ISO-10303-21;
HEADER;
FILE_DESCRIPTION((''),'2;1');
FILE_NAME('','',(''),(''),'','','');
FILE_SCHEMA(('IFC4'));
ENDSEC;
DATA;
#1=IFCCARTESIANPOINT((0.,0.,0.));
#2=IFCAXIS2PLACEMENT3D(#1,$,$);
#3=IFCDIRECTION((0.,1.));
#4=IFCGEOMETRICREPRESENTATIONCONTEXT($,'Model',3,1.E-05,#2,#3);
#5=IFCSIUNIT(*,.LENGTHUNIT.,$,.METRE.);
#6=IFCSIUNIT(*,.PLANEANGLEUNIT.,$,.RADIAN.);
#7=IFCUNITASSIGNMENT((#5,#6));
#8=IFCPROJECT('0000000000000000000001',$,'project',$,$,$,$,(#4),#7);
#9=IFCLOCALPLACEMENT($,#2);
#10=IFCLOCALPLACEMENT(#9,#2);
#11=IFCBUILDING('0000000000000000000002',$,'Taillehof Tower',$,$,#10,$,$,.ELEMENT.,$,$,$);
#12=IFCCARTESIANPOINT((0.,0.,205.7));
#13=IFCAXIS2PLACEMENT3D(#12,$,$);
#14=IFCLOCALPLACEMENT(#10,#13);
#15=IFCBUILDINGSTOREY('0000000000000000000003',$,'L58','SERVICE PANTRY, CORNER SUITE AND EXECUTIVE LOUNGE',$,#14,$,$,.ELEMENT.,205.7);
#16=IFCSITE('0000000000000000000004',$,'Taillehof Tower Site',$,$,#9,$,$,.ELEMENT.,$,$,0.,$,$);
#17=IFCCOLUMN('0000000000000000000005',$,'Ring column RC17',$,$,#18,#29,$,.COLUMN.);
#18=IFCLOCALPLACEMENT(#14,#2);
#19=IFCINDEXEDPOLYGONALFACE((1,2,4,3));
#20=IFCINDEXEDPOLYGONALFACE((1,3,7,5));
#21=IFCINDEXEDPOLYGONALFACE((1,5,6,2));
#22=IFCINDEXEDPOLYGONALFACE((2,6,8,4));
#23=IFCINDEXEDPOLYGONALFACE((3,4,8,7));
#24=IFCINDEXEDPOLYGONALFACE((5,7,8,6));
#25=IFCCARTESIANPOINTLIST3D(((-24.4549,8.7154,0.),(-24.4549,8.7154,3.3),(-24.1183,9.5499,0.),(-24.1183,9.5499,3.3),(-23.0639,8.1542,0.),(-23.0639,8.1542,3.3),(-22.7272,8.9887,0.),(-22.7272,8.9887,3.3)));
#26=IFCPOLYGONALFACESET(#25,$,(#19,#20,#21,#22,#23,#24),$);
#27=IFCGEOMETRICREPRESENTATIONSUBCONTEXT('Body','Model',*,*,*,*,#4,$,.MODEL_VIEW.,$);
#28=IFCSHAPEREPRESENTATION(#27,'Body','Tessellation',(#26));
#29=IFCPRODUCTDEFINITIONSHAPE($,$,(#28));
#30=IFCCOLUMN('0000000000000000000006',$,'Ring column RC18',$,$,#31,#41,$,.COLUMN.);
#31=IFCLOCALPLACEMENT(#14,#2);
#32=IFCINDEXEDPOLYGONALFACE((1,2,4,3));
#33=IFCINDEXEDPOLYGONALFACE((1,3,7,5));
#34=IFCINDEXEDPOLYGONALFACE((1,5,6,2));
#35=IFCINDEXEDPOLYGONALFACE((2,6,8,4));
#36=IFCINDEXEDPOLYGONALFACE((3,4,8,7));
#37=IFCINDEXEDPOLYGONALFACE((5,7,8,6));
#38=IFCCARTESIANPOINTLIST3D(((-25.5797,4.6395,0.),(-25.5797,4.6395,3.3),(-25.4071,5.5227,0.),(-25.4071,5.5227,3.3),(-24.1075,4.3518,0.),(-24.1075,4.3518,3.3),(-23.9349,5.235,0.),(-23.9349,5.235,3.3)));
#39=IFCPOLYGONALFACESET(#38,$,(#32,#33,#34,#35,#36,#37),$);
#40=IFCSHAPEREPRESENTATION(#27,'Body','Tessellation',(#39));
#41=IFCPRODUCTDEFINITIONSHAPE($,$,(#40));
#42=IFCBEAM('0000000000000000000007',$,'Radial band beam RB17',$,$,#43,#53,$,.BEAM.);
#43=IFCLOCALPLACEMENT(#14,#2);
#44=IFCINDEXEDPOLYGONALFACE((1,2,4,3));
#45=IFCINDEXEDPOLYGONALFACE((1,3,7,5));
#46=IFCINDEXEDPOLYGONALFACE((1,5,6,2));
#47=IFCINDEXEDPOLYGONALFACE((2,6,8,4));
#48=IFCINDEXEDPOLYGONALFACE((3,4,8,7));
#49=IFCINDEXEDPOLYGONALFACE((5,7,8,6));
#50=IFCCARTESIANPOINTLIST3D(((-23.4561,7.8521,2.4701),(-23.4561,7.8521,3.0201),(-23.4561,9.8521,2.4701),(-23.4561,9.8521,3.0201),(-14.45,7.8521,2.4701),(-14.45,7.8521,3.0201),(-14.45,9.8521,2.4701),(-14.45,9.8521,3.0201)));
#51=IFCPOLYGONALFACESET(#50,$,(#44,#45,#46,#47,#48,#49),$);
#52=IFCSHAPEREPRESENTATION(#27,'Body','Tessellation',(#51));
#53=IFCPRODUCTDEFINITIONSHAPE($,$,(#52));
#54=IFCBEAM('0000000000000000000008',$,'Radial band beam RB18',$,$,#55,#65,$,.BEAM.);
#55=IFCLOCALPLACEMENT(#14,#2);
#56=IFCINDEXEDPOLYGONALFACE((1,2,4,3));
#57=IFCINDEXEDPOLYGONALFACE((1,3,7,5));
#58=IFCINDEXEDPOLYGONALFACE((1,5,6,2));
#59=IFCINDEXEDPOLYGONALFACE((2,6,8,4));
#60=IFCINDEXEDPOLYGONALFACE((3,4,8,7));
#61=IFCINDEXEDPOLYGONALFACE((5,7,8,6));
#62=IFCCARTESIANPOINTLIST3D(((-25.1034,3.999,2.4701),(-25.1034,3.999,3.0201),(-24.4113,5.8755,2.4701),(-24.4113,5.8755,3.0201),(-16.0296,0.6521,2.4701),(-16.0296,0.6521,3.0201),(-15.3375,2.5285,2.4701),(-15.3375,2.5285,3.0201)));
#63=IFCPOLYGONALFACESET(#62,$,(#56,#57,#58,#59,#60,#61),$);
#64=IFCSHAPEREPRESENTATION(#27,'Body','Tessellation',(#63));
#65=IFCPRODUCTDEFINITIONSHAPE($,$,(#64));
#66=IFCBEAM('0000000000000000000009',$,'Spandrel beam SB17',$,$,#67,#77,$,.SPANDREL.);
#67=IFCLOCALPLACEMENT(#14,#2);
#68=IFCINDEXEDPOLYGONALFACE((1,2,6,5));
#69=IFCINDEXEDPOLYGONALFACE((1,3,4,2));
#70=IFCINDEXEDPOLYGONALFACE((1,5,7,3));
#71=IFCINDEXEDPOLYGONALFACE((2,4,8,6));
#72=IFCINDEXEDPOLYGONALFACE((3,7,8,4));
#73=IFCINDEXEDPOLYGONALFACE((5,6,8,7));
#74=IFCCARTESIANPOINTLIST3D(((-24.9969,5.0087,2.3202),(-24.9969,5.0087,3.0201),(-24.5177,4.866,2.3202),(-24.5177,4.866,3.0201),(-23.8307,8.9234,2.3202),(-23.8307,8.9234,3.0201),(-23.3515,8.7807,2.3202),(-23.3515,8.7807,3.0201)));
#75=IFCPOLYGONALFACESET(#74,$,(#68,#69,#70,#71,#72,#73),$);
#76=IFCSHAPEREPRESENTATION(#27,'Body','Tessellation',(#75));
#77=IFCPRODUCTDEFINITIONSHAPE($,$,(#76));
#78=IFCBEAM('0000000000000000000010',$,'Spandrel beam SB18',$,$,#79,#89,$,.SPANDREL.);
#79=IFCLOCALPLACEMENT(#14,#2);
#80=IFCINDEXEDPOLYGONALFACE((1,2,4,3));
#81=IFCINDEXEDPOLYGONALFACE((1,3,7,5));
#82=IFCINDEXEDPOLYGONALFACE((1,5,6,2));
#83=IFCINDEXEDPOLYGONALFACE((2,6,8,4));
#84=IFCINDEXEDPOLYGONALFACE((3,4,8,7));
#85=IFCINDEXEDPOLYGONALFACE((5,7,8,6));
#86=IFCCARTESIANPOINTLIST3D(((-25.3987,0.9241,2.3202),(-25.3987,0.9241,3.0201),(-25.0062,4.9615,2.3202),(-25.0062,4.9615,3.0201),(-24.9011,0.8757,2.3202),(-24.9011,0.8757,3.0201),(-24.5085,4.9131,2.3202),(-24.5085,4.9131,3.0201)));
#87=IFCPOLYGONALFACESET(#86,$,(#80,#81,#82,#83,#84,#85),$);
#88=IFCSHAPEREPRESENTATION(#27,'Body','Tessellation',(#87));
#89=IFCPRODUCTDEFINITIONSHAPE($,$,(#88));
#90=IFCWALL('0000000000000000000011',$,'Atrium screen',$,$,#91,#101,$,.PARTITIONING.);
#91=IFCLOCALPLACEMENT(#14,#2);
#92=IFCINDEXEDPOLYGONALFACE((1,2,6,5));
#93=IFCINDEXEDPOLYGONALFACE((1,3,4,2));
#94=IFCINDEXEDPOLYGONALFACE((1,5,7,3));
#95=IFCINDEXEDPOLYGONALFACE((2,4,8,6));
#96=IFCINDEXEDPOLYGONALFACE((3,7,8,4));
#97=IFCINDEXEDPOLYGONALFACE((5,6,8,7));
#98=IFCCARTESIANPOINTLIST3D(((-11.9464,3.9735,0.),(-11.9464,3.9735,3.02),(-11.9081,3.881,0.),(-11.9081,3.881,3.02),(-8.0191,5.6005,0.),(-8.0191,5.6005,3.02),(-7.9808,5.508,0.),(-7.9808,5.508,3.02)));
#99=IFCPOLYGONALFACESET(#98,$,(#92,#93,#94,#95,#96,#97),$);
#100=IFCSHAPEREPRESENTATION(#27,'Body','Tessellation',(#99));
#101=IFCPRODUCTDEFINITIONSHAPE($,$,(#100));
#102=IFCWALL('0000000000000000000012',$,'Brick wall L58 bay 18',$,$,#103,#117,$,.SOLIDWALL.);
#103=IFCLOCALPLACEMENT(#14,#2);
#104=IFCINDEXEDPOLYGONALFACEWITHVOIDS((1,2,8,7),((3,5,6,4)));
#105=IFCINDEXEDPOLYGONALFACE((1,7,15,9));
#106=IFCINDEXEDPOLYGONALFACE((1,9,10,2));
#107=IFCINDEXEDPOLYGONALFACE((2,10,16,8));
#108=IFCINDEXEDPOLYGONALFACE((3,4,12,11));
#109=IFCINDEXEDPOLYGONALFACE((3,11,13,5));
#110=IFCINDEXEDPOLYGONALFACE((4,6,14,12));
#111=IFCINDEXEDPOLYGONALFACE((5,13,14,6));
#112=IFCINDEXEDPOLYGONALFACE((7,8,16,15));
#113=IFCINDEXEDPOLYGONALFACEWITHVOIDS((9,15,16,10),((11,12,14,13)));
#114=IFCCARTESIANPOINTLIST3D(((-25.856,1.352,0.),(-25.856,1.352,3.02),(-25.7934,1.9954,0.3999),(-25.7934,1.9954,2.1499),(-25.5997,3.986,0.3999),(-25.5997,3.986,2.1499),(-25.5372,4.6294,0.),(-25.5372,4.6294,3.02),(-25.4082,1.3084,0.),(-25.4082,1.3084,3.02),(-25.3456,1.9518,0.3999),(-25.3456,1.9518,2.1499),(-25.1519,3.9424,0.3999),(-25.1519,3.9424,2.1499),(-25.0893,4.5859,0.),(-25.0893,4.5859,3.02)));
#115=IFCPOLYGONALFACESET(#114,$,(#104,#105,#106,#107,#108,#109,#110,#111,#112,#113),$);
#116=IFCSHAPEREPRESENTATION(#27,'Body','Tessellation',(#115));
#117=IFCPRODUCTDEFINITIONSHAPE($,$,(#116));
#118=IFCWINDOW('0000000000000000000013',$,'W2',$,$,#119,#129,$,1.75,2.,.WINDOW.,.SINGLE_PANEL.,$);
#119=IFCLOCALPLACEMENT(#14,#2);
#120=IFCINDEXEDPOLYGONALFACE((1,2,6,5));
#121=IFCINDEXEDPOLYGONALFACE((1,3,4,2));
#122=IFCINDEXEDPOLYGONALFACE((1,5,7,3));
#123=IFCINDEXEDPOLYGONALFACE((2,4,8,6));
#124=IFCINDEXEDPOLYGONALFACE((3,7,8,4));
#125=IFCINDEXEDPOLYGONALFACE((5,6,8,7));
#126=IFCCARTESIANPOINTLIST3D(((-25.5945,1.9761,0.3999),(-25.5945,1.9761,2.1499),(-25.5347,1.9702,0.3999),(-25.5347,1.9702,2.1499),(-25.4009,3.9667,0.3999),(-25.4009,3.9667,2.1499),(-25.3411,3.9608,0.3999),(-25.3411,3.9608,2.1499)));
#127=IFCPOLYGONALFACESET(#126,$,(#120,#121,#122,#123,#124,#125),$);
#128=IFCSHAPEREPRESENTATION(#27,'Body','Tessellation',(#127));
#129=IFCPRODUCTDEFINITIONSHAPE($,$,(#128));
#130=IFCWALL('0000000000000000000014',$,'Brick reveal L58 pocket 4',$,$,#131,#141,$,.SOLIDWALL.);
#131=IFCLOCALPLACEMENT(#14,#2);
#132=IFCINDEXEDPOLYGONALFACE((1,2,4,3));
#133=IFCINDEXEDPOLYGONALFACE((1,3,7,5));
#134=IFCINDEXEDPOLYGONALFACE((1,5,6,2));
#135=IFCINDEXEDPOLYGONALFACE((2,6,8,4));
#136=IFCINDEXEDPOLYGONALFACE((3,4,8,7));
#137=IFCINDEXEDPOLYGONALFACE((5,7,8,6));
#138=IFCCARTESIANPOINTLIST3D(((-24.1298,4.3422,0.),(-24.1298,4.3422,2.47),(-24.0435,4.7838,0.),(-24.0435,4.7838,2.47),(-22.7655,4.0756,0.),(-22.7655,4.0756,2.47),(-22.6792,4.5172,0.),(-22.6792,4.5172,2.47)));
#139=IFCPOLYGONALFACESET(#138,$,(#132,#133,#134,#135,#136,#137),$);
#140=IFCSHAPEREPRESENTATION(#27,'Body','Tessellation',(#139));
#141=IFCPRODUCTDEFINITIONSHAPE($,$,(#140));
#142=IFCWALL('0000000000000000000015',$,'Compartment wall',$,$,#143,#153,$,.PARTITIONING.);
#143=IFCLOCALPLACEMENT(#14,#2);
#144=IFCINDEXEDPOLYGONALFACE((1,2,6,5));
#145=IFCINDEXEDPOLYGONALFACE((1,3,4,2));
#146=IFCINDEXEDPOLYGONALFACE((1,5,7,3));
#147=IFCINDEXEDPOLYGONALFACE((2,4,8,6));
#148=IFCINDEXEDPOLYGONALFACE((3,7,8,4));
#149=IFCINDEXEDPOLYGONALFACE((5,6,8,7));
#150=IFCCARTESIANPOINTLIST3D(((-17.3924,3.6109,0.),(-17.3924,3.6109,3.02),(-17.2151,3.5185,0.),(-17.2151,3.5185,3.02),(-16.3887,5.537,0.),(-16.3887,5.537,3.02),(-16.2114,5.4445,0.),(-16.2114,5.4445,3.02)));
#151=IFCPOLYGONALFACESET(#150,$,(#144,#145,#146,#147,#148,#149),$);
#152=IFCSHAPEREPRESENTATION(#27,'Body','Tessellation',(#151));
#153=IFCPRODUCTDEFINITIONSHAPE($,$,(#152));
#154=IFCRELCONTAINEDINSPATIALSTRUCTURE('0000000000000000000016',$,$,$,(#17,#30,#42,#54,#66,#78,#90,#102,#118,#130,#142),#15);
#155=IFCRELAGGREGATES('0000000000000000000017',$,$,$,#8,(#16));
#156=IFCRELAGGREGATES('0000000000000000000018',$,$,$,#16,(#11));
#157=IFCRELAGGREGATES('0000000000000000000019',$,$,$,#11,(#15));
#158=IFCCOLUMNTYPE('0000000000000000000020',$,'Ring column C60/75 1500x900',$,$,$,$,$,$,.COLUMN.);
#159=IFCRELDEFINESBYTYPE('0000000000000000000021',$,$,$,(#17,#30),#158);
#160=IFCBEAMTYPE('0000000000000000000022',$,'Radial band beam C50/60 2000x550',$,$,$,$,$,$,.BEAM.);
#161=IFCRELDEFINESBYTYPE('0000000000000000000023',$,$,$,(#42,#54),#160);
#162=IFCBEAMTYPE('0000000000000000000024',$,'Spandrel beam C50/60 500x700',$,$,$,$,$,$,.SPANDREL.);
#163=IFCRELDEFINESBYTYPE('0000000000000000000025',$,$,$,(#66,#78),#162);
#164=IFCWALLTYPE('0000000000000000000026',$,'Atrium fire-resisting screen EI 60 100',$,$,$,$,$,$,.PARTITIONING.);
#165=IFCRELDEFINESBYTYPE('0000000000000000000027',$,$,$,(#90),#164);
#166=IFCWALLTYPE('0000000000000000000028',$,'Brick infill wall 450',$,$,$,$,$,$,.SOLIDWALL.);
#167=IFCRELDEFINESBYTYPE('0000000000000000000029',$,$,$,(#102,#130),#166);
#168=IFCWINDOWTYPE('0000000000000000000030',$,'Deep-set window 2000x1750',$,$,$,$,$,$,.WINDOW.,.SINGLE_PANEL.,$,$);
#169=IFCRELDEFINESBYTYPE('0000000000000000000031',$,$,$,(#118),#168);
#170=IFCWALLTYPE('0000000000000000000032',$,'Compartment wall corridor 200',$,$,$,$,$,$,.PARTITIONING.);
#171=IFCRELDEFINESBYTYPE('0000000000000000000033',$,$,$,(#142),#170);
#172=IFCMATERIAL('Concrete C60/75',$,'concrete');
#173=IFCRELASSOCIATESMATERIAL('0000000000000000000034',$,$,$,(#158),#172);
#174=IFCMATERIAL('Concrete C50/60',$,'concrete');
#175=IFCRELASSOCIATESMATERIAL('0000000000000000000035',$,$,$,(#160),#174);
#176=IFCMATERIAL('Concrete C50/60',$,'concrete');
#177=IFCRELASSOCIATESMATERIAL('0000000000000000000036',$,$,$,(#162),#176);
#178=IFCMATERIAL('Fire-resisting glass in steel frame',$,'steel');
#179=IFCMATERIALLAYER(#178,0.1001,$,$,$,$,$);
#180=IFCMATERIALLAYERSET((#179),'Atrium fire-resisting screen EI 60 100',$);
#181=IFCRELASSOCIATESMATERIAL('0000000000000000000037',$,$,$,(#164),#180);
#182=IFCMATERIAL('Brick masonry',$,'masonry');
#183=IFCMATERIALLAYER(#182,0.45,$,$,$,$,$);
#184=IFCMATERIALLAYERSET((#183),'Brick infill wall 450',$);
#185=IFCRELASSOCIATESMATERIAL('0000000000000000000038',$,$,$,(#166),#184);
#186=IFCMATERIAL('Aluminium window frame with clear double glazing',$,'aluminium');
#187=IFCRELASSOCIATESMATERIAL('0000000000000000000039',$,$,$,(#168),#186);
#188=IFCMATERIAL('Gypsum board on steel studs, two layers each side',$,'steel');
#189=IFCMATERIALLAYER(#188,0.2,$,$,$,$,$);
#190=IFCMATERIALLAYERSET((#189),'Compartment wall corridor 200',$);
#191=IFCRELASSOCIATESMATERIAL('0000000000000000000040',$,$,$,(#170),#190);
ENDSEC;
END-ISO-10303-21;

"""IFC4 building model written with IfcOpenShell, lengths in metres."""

from ifc_helpers import new_model, si_unit, direction, frame, frame_2d, origin, origin_2d, place, context, subcontext, project, spatial, rectangle, extrude, material, layer, layer_set, material_profile, profile_set, type_object, element, fill, save


model = new_model("IFC4")

# Units and contexts
model_context = context("Model", 3, precision=1e-05, world=origin(), true_north=direction((0.0, 1.0)))
body_context = subcontext(model_context, "Body", "Model", "MODEL_VIEW")
ifc_project = project(units=[si_unit("LENGTHUNIT", "METRE"), si_unit("PLANEANGLEUNIT", "RADIAN")], contexts=[model_context])

# Site, building, storey
site_placement = place(None, origin())
site = spatial("IfcSite", under=ifc_project, at=site_placement, Name="Taillehof Tower Site", CompositionType="ELEMENT", RefElevation=0.0)
building_placement = place(site_placement, origin())
building = spatial("IfcBuilding", under=site, at=building_placement, Name="Taillehof Tower", CompositionType="ELEMENT")
storey_placement = place(building_placement, frame((0.0, 0.0, 205.7)))
storey = spatial("IfcBuildingStorey", under=building, at=storey_placement, Name="L58", Description="SERVICE PANTRY, CORNER SUITE AND EXECUTIVE LOUNGE", CompositionType="ELEMENT", Elevation=205.7)

# Columns
ifc_material_1 = material(Name="Concrete C60/75", Category="concrete")
ifc_material_profile_1 = material_profile(ifc_material_1, rectangle(XDim=1.5, YDim=0.8999, at=origin_2d()), Name="RC 1500x900")
ifc_profile_set_1 = profile_set([ifc_material_profile_1], Name="Concrete C60/75")
column_type = type_object("IfcColumnType", Name="Ring column C60/75 1500x900", PredefinedType="COLUMN", material=ifc_profile_set_1)
for number, where, z_axis, x_axis, name in (
    (1, (-23.5911, 8.8521, 0.0), (0.0, 0.0, 1.0), (-0.927385, 0.374108, 0.0), "Ring column RC17"),
    (2, (-24.7573, 4.9373, 0.0), (0.0, 0.0, 1.0), (-0.981434, 0.191801, 0.0), "Ring column RC18"),
):
    element("IfcColumn", number, at=place(storey_placement, frame(where, z_axis=z_axis, x_axis=x_axis)), inside=storey, type_object=column_type, Name=name, PredefinedType="COLUMN", context=body_context, shape_type="SweptSolid", body=[
        extrude(rectangle(XDim=1.5, YDim=0.8999, at=origin_2d()), origin(), (0.0, 0.0, 1.0), 3.3),
    ])

# Beams
ifc_material_2 = material(Name="Concrete C50/60", Category="concrete")
ifc_material_profile_2 = material_profile(ifc_material_2, rectangle(XDim=2.0, YDim=0.55, at=origin_2d()), Name="RC 2000x550")
ifc_profile_set_2 = profile_set([ifc_material_profile_2], Name="Concrete C50/60")
beam_type_1 = type_object("IfcBeamType", Name="Radial band beam C50/60 2000x550", PredefinedType="BEAM", material=ifc_profile_set_2)
beam_1_placement = place(storey_placement, frame((-23.4561, 8.8521, 2.7451), z_axis=(1.0, 0.0, 0.0), x_axis=(0.0, 1.0, 0.0)))
element("IfcBeam", 3, at=beam_1_placement, inside=storey, type_object=beam_type_1, Name="Radial band beam RB17", PredefinedType="BEAM", context=body_context, shape_type="SweptSolid", body=[
    extrude(rectangle(XDim=2.0, YDim=0.55, at=origin_2d()), origin(), (0.0, 0.0, 1.0), 9.0061),
])
beam_2_placement = place(storey_placement, frame((-24.7573, 4.9373, 2.7451), z_axis=(0.93821, -0.346067, 0.0), x_axis=(0.346067, 0.93821, 0.0)))
element("IfcBeam", 4, at=beam_2_placement, inside=storey, type_object=beam_type_1, Name="Radial band beam RB18", PredefinedType="BEAM", context=body_context, shape_type="SweptSolid", body=[
    extrude(rectangle(XDim=2.0, YDim=0.55, at=origin_2d()), origin(), (0.0, 0.0, 1.0), 9.6714),
])
ifc_material_3 = material(Name="Concrete C50/60", Category="concrete")
ifc_material_profile_3 = material_profile(ifc_material_3, rectangle(XDim=0.5, YDim=0.7, at=origin_2d()), Name="RC 500x700")
ifc_profile_set_3 = profile_set([ifc_material_profile_3], Name="Concrete C50/60")
beam_type_2 = type_object("IfcBeamType", Name="Spandrel beam C50/60 500x700", PredefinedType="SPANDREL", material=ifc_profile_set_3)
beam_3_placement = place(storey_placement, frame((-23.5911, 8.8521, 2.6702), z_axis=(-0.28551, -0.958376, 0.0), x_axis=(0.958376, -0.28551, 0.0)))
element("IfcBeam", 5, at=beam_3_placement, inside=storey, type_object=beam_type_2, Name="Spandrel beam SB17", PredefinedType="SPANDREL", context=body_context, shape_type="SweptSolid", body=[
    extrude(rectangle(XDim=0.5, YDim=0.7, at=origin_2d()), origin(), (0.0, 0.0, 1.0), 4.0847),
])
beam_4_placement = place(storey_placement, frame((-24.7573, 4.9373, 2.6702), z_axis=(-0.09678, -0.995306, 0.0), x_axis=(0.995306, -0.09678, 0.0)))
element("IfcBeam", 6, at=beam_4_placement, inside=storey, type_object=beam_type_2, Name="Spandrel beam SB18", PredefinedType="SPANDREL", context=body_context, shape_type="SweptSolid", body=[
    extrude(rectangle(XDim=0.5, YDim=0.7, at=origin_2d()), origin(), (0.0, 0.0, 1.0), 4.0564),
])

# Wall
ifc_material_4 = material(Name="Fire-resisting glass in steel frame", Category="steel")
ifc_layer_1 = layer(ifc_material_4, 0.1001)
ifc_layer_set_1 = layer_set([ifc_layer_1], Name="Atrium fire-resisting screen EI 60 100")
wall_type_1 = type_object("IfcWallType", Name="Atrium fire-resisting screen EI 60 100", PredefinedType="PARTITIONING", material=ifc_layer_set_1)
wall_1_placement = place(storey_placement, frame((-11.9272, 3.9272, 0.0), z_axis=(0.0, 0.0, 1.0), x_axis=(0.92386, 0.382731, 0.0)))
element("IfcWall", 7, at=wall_1_placement, inside=storey, type_object=wall_type_1, Name="Atrium screen", PredefinedType="PARTITIONING", context=body_context, shape_type="SweptSolid", body=[
    extrude(rectangle(XDim=4.251, YDim=0.1001, at=frame_2d((2.1255, 0.0))), origin(), (0.0, 0.0, 1.0), 3.02),
])

# Wall, opening, window
ifc_material_5 = material(Name="Brick masonry", Category="masonry")
ifc_layer_2 = layer(ifc_material_5, 0.45)
ifc_layer_set_2 = layer_set([ifc_layer_2], Name="Brick infill wall 450")
wall_type_2 = type_object("IfcWallType", Name="Brick infill wall 450", PredefinedType="SOLIDWALL", material=ifc_layer_set_2)
wall_2_placement = place(storey_placement, frame((-25.3132, 4.6077, 0.0), z_axis=(0.0, 0.0, 1.0), x_axis=(-0.096824, -0.995302, 0.0)))
wall_2 = element("IfcWall", 8, at=wall_2_placement, inside=storey, type_object=wall_type_2, Name="Brick wall L58 bay 18", PredefinedType="SOLIDWALL", context=body_context, shape_type="SweptSolid", body=[
    extrude(rectangle(XDim=3.293, YDim=0.45, at=frame_2d((1.6465, 0.0))), origin(), (0.0, 0.0, 1.0), 3.02),
])
opening_1_placement = place(wall_2_placement, frame((0.6465, 0.0, 0.3999)))
opening_1 = element("IfcOpeningElement", 9, at=opening_1_placement, cuts=wall_2, PredefinedType="OPENING", context=body_context, shape_type="SweptSolid", body=[
    extrude(rectangle(XDim=2.0, YDim=1.75, at=frame_2d((1.0, 0.875))), frame((0.0, 0.2349, 0.0), z_axis=(0.0, -1.0, 0.0), x_axis=(1.0, 0.0, 0.0)), (0.0, 0.0, 1.0), 0.47),
])
ifc_material_6 = material(Name="Aluminium window frame with clear double glazing", Category="aluminium")
window_type_1 = type_object("IfcWindowType", Name="Deep-set window 2000x1750", PartitioningType="SINGLE_PANEL", PredefinedType="WINDOW", material=ifc_material_6)
window_1_placement = place(opening_1_placement, origin())
window_1 = element("IfcWindow", 10, at=window_1_placement, inside=storey, type_object=window_type_1, Name="W2", OverallHeight=1.75, OverallWidth=2.0, PartitioningType="SINGLE_PANEL", PredefinedType="WINDOW", context=body_context, shape_type="SweptSolid", body=[
    extrude(rectangle(XDim=2.0, YDim=1.75, at=frame_2d((1.0, 0.875))), frame((0.0, 0.0349, 0.0), z_axis=(0.0, -1.0, 0.0), x_axis=(1.0, 0.0, 0.0)), (0.0, 0.0, 1.0), 0.0601),
])
fill(opening_1, window_1)

# Wall
wall_3_placement = place(storey_placement, frame((-24.0867, 4.563, 0.0), z_axis=(0.0, 0.0, 1.0), x_axis=(0.981436, -0.191791, 0.0)))
element("IfcWall", 11, at=wall_3_placement, inside=storey, type_object=wall_type_2, Name="Brick reveal L58 pocket 4", PredefinedType="SOLIDWALL", context=body_context, shape_type="SweptSolid", body=[
    extrude(rectangle(XDim=1.3901, YDim=0.45, at=frame_2d((0.6951, 0.0))), origin(), (0.0, 0.0, 1.0), 2.47),
])

# Wall
ifc_material_7 = material(Name="Gypsum board on steel studs, two layers each side", Category="steel")
ifc_layer_3 = layer(ifc_material_7, 0.2)
ifc_layer_set_3 = layer_set([ifc_layer_3], Name="Compartment wall corridor 200")
wall_type_3 = type_object("IfcWallType", Name="Compartment wall corridor 200", PredefinedType="PARTITIONING", material=ifc_layer_set_3)
wall_4_placement = place(storey_placement, frame((-17.3037, 3.5647, 0.0), z_axis=(0.0, 0.0, 1.0), x_axis=(0.462124, 0.886815, 0.0)))
element("IfcWall", 12, at=wall_4_placement, inside=storey, type_object=wall_type_3, Name="Compartment wall", PredefinedType="PARTITIONING", context=body_context, shape_type="SweptSolid", body=[
    extrude(rectangle(XDim=2.1719, YDim=0.2, at=frame_2d((1.0859, 0.0))), origin(), (0.0, 0.0, 1.0), 3.02),
])

save(model, "model.ifc")
